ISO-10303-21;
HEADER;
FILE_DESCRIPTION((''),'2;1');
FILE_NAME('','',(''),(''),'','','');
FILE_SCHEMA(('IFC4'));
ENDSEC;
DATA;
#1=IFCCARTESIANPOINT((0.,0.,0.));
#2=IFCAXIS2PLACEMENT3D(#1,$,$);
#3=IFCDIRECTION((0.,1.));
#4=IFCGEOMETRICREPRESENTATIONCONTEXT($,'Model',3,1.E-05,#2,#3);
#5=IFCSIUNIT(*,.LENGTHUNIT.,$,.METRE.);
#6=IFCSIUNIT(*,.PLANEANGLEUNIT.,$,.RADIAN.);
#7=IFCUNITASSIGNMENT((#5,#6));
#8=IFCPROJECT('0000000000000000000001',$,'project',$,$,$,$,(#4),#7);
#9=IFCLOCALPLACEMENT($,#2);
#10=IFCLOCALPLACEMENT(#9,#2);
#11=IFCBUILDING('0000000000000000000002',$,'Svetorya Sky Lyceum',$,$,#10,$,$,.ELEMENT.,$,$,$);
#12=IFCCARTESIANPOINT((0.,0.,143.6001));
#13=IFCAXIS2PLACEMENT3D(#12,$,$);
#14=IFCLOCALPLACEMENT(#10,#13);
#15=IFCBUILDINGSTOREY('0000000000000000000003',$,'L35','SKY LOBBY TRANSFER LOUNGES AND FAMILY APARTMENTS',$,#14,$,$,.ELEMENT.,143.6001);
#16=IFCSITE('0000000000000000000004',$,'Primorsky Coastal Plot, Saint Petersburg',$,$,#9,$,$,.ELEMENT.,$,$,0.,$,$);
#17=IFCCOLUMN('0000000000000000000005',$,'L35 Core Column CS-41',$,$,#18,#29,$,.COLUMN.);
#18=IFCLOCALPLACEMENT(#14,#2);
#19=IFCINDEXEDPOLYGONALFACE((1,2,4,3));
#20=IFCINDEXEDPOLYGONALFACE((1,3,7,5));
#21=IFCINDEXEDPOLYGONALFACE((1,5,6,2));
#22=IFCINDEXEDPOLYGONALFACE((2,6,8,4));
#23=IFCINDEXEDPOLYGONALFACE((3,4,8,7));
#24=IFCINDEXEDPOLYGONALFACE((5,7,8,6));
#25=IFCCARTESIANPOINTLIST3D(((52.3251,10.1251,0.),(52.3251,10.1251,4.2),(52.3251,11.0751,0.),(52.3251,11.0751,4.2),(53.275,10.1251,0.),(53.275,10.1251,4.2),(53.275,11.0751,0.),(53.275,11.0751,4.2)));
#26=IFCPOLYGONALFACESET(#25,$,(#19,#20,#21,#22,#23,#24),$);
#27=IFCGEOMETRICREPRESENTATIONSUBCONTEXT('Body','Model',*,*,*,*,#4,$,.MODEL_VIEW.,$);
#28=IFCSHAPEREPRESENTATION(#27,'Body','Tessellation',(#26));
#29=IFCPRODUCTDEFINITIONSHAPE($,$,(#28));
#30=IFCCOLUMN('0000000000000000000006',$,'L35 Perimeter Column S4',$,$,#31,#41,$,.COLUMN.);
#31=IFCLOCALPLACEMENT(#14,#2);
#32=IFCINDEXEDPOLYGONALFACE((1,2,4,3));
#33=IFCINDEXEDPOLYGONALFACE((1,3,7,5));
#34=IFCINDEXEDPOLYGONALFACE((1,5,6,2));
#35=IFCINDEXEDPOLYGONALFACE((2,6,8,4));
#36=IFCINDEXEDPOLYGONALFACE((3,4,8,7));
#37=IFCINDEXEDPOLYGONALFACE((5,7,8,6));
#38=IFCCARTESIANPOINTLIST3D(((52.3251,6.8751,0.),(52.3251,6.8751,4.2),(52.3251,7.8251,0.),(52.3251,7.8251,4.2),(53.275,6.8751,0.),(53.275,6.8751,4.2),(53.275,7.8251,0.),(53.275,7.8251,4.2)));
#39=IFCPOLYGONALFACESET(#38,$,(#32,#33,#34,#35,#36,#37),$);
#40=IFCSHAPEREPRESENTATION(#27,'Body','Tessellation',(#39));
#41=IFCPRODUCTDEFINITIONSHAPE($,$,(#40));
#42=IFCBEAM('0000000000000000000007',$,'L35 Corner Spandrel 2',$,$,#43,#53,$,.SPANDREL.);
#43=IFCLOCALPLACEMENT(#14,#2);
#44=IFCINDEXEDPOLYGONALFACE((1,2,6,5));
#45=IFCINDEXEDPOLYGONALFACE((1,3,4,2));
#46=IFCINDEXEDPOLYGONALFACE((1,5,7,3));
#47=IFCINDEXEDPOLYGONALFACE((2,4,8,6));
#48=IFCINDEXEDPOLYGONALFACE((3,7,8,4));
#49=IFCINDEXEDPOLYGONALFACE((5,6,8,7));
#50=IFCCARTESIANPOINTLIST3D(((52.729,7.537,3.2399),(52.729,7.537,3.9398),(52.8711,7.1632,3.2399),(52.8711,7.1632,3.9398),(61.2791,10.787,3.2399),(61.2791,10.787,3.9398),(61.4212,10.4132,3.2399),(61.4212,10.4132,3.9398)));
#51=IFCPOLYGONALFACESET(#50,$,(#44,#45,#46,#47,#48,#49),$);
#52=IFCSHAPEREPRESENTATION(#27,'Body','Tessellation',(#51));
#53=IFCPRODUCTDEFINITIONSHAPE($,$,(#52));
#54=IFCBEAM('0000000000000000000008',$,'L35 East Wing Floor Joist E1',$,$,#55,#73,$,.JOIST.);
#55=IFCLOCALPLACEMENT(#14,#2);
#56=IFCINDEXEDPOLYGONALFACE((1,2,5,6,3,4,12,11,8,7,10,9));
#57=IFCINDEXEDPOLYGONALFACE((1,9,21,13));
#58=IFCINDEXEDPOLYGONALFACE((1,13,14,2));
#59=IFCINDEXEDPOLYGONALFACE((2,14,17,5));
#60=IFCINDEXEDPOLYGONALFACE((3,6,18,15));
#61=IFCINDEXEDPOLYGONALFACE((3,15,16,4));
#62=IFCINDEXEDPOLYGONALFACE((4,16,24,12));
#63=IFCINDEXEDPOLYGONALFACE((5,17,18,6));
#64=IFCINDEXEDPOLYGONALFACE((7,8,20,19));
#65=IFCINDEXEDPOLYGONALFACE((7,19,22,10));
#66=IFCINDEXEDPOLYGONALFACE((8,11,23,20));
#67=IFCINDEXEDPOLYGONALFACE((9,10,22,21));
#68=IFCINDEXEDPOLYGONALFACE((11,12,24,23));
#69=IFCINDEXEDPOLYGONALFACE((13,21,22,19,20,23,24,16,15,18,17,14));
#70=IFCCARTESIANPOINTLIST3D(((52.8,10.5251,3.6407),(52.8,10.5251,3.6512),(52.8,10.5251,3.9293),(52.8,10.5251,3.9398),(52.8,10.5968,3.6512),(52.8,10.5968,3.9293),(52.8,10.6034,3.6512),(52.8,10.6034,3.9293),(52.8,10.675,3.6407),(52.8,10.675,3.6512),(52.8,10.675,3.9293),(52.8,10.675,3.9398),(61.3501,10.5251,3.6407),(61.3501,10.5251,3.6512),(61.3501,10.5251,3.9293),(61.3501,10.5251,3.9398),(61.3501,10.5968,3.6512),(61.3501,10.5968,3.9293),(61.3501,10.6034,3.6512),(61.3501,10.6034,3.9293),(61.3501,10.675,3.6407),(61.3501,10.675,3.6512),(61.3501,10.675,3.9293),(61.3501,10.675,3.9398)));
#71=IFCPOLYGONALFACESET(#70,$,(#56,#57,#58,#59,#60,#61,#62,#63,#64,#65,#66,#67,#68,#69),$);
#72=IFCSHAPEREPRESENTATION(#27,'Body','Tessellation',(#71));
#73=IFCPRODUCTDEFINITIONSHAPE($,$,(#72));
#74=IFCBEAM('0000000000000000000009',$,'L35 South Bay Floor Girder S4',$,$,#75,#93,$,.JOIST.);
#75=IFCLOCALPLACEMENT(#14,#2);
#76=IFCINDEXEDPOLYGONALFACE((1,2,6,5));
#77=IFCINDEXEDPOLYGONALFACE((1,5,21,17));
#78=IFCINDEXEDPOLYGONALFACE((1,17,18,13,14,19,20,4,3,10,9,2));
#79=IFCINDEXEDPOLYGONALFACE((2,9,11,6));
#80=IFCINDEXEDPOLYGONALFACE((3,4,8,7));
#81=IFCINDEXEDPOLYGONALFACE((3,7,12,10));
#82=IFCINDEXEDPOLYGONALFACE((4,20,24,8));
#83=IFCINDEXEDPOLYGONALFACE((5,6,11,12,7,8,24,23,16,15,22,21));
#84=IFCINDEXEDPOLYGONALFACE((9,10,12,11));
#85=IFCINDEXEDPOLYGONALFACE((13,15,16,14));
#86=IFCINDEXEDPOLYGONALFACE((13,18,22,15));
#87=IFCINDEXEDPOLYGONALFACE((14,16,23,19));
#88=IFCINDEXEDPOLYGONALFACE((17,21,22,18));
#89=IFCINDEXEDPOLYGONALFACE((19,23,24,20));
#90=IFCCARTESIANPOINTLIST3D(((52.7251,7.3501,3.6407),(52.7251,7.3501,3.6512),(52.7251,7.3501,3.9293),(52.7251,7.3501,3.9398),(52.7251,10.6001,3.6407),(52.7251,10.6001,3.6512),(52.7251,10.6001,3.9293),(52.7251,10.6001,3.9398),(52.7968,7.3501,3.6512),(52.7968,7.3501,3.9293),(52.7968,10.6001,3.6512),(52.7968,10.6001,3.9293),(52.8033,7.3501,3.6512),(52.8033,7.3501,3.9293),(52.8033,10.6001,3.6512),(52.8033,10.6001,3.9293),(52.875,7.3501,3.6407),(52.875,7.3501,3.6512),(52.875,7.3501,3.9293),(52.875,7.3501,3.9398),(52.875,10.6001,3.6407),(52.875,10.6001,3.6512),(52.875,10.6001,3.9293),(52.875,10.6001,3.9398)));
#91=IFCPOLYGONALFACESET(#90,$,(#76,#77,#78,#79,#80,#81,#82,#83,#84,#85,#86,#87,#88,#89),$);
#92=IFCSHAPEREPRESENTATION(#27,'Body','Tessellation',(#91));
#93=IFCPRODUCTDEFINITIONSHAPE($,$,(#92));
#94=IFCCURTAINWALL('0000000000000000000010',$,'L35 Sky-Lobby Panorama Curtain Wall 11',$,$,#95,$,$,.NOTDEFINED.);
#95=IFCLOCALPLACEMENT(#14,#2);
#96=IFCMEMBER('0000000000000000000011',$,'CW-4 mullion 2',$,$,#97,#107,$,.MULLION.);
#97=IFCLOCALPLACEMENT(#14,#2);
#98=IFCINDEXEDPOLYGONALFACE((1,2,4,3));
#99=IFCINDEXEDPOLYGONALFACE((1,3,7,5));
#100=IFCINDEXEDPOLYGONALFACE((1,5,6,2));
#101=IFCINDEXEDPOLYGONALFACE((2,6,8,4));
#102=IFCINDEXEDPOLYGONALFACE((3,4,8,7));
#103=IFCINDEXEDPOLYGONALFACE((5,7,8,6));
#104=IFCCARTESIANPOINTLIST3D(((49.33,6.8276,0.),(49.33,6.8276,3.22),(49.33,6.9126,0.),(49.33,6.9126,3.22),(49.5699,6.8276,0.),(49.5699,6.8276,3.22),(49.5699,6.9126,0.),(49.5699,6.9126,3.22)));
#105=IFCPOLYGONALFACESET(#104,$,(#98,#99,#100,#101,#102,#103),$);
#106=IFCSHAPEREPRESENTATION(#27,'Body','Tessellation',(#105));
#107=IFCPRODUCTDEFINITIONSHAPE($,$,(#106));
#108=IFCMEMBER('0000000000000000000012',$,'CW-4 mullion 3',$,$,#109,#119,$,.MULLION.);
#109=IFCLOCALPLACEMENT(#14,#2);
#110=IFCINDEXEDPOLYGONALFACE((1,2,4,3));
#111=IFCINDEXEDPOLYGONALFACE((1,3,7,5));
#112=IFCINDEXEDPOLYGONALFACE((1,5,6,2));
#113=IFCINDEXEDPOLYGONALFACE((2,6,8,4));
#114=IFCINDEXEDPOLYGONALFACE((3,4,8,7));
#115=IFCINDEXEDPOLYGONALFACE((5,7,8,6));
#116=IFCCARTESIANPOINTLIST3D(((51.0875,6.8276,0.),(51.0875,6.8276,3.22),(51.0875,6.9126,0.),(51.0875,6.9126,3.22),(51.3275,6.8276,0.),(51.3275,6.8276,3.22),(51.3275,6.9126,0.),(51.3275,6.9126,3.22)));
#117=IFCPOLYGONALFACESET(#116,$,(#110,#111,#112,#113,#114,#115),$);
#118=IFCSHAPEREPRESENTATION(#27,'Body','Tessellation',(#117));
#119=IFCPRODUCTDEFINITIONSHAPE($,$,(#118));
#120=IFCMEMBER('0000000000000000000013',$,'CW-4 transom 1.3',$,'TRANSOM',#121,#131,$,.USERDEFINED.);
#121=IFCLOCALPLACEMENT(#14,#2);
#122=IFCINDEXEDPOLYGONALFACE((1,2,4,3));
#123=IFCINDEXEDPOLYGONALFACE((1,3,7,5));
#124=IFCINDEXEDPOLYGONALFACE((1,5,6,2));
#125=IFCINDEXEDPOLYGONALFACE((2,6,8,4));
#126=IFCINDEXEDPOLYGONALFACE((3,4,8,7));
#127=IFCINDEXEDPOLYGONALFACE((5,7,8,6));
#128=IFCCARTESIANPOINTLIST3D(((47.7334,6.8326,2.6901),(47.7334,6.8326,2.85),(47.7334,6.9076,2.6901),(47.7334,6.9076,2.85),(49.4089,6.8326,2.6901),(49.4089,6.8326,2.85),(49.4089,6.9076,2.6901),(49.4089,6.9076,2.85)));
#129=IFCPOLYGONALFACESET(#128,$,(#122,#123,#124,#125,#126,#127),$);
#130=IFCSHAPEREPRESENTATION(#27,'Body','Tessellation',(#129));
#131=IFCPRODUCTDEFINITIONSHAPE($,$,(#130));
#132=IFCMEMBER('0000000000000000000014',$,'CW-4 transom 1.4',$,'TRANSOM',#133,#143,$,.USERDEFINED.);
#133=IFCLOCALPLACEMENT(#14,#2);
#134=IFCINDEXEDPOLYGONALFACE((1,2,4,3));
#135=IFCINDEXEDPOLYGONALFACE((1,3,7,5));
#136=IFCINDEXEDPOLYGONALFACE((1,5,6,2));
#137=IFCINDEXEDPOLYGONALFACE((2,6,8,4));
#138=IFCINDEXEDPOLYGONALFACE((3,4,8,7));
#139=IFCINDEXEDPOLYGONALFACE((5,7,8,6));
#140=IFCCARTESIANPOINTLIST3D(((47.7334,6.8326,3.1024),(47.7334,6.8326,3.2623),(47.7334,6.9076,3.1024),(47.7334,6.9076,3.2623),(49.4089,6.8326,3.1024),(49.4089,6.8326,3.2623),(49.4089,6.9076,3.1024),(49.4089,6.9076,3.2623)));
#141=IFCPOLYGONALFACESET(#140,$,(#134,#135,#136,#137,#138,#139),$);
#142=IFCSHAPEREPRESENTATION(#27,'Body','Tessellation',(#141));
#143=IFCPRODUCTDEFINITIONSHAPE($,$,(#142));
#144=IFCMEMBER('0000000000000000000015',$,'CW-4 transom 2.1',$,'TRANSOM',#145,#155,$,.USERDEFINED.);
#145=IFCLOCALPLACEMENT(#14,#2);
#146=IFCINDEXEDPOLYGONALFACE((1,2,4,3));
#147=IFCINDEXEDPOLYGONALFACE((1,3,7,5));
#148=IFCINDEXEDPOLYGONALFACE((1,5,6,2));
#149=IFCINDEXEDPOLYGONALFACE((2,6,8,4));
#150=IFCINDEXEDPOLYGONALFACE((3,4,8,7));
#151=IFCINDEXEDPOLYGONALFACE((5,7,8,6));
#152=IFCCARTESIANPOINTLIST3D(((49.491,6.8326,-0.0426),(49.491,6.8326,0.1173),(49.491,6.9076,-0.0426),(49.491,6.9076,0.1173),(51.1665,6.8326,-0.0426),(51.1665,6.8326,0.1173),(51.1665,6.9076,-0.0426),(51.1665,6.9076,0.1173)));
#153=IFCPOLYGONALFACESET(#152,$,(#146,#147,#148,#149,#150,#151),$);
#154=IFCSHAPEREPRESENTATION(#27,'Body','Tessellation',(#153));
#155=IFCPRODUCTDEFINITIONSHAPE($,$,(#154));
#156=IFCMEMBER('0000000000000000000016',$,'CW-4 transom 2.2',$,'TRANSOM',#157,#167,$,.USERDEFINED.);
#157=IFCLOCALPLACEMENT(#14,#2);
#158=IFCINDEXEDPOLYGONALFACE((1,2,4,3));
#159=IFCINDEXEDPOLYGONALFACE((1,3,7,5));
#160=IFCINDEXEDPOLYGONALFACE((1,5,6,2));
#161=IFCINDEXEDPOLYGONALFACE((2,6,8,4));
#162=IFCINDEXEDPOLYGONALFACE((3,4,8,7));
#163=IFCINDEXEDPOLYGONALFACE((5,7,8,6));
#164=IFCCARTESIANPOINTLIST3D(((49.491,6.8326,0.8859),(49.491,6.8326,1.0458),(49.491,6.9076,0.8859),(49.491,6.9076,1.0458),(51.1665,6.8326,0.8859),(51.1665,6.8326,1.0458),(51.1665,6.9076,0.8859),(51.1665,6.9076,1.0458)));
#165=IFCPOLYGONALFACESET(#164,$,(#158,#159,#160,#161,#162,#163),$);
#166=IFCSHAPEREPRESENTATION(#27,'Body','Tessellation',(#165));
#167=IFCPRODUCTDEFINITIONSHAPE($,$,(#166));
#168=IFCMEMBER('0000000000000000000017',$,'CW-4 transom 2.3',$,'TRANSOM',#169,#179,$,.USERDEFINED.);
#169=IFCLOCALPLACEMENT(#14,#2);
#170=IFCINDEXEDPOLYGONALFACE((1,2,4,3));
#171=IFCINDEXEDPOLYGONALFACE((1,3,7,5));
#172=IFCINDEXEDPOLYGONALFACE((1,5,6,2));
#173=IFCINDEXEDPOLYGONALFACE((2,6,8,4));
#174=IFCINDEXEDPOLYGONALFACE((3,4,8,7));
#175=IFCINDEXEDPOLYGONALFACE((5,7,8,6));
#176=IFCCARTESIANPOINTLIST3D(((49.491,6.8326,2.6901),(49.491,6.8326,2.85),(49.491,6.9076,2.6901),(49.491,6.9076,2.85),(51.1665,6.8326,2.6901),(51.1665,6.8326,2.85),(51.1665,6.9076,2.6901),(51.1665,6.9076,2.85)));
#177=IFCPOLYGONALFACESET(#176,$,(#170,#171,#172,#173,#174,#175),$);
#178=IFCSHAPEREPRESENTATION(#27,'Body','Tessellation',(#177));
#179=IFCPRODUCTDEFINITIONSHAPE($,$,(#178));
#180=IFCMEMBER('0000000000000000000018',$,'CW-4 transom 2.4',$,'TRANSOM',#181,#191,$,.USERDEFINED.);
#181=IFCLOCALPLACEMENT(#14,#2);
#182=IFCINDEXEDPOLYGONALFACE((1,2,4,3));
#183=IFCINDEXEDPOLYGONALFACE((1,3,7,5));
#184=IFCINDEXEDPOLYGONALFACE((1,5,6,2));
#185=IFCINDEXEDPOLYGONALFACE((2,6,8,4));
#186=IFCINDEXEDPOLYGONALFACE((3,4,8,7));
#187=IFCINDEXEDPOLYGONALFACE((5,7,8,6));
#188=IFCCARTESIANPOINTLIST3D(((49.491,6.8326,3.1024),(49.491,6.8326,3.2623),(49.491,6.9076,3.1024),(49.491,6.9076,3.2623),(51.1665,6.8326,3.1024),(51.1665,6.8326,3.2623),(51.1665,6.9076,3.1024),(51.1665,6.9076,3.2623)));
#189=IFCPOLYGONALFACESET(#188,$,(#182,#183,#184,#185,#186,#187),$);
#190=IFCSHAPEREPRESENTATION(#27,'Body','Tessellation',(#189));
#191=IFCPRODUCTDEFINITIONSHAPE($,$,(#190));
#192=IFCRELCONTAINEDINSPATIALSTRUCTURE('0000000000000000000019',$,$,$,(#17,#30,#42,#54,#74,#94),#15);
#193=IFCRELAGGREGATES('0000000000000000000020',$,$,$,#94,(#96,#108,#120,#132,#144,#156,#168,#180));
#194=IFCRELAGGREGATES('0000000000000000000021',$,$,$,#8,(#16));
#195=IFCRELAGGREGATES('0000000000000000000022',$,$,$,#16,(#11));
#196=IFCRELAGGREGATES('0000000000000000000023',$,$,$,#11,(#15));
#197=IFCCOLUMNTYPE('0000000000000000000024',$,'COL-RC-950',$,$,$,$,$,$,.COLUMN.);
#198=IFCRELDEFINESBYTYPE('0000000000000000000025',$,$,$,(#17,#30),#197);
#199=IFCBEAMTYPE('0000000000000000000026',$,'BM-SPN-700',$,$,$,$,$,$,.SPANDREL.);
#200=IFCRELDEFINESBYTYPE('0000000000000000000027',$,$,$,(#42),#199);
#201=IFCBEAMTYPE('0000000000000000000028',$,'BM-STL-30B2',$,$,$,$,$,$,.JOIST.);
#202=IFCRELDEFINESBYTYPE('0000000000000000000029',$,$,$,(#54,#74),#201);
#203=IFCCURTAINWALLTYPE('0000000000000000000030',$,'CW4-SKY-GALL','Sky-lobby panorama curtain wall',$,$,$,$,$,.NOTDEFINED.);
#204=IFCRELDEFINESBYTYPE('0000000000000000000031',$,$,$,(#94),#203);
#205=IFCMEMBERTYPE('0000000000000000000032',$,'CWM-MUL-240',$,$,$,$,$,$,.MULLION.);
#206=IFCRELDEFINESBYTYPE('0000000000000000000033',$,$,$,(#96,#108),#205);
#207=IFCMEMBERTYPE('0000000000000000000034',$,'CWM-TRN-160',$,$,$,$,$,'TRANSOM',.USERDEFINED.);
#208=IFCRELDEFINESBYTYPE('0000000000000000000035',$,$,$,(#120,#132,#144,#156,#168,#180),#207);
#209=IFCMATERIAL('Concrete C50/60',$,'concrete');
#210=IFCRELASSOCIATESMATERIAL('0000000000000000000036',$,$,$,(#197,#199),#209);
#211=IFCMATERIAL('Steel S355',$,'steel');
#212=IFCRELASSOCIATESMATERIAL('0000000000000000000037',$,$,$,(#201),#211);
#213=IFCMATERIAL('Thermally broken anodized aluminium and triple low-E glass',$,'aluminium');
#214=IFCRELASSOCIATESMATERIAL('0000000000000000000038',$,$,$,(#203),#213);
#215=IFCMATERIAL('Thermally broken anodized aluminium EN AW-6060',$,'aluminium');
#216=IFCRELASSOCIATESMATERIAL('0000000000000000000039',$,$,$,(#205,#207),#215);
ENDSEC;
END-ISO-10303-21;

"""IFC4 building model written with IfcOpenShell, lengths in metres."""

from ifc_helpers import new_model, si_unit, direction, frame, origin, origin_2d, place, context, subcontext, project, spatial, rectangle, i_section, extrude, material, material_profile, profile_set, type_object, element, aggregate, save


model = new_model("IFC4")

# Units and contexts
model_context = context("Model", 3, precision=1e-05, world=origin(), true_north=direction((0.0, 1.0)))
body_context = subcontext(model_context, "Body", "Model", "MODEL_VIEW")
ifc_project = project(units=[si_unit("LENGTHUNIT", "METRE"), si_unit("PLANEANGLEUNIT", "RADIAN")], contexts=[model_context])

# Site, building, storey
site_placement = place(None, origin())
site = spatial("IfcSite", under=ifc_project, at=site_placement, Name="Primorsky Coastal Plot, Saint Petersburg", CompositionType="ELEMENT", RefElevation=0.0)
building_placement = place(site_placement, origin())
building = spatial("IfcBuilding", under=site, at=building_placement, Name="Svetorya Sky Lyceum", CompositionType="ELEMENT")
storey_placement = place(building_placement, frame((0.0, 0.0, 143.6001)))
storey = spatial("IfcBuildingStorey", under=building, at=storey_placement, Name="L35", Description="SKY LOBBY TRANSFER LOUNGES AND FAMILY APARTMENTS", CompositionType="ELEMENT", Elevation=143.6001)

# Columns
ifc_material_1 = material(Name="Concrete C50/60", Category="concrete")
ifc_material_profile_1 = material_profile(ifc_material_1, rectangle(XDim=0.95, YDim=0.95, at=origin_2d()), Name="RC COL 950x950")
ifc_profile_set_1 = profile_set([ifc_material_profile_1], Name="Concrete C50/60")
column_type = type_object("IfcColumnType", Name="COL-RC-950", PredefinedType="COLUMN", material=ifc_profile_set_1)
for number, where, z_axis, x_axis, name in (
    (1, (52.8, 10.6001, 0.0), (0.0, 0.0, 1.0), (1.0, 0.0, 0.0), "L35 Core Column CS-41"),
    (2, (52.8, 7.3501, 0.0), (0.0, 0.0, 1.0), (1.0, 0.0, 0.0), "L35 Perimeter Column S4"),
):
    element("IfcColumn", number, at=place(storey_placement, frame(where, z_axis=z_axis, x_axis=x_axis)), inside=storey, type_object=column_type, Name=name, PredefinedType="COLUMN", context=body_context, shape_type="SweptSolid", body=[
        extrude(rectangle(XDim=0.95, YDim=0.95, at=origin_2d()), origin(), (0.0, 0.0, 1.0), 4.2),
    ])

# Beams
ifc_material_profile_2 = material_profile(ifc_material_1, rectangle(XDim=0.3999, YDim=0.7, at=origin_2d()), Name="RC SPANDREL 400x700")
ifc_profile_set_2 = profile_set([ifc_material_profile_2], Name="Concrete C50/60")
beam_type_1 = type_object("IfcBeamType", Name="BM-SPN-700", PredefinedType="SPANDREL", material=ifc_profile_set_2)
beam_1_placement = place(storey_placement, frame((52.8, 7.3501, 3.5898), z_axis=(0.934748, 0.355312, 0.0), x_axis=(-0.355312, 0.934748, 0.0)))
element("IfcBeam", 3, at=beam_1_placement, inside=storey, type_object=beam_type_1, Name="L35 Corner Spandrel 2", PredefinedType="SPANDREL", context=body_context, shape_type="SweptSolid", body=[
    extrude(rectangle(XDim=0.3999, YDim=0.7, at=origin_2d()), origin(), (0.0, 0.0, 1.0), 9.147),
])
ifc_material_2 = material(Name="Steel S355", Category="steel")
ifc_material_profile_3 = material_profile(ifc_material_2, i_section(OverallWidth=0.1499, OverallDepth=0.2991, WebThickness=0.0066, FlangeThickness=0.0105, at=origin_2d()), Name="GOST 30B2")
ifc_profile_set_3 = profile_set([ifc_material_profile_3], Name="Steel S355")
beam_type_2 = type_object("IfcBeamType", Name="BM-STL-30B2", PredefinedType="JOIST", material=ifc_profile_set_3)
beam_2_placement = place(storey_placement, frame((52.8, 10.6001, 3.7903), z_axis=(1.0, 0.0, 0.0), x_axis=(0.0, 1.0, 0.0)))
element("IfcBeam", 4, at=beam_2_placement, inside=storey, type_object=beam_type_2, Name="L35 East Wing Floor Joist E1", PredefinedType="JOIST", context=body_context, shape_type="SweptSolid", body=[
    extrude(i_section(OverallWidth=0.1499, OverallDepth=0.2991, WebThickness=0.0066, FlangeThickness=0.0105, at=origin_2d()), origin(), (0.0, 0.0, 1.0), 8.55),
])
beam_3_placement = place(storey_placement, frame((52.8, 7.3501, 3.7903), z_axis=(0.0, 1.0, 0.0), x_axis=(-1.0, 0.0, 0.0)))
element("IfcBeam", 5, at=beam_3_placement, inside=storey, type_object=beam_type_2, Name="L35 South Bay Floor Girder S4", PredefinedType="JOIST", context=body_context, shape_type="SweptSolid", body=[
    extrude(i_section(OverallWidth=0.1499, OverallDepth=0.2991, WebThickness=0.0066, FlangeThickness=0.0105, at=origin_2d()), origin(), (0.0, 0.0, 1.0), 3.25),
])

# Curtain wall, members
ifc_material_3 = material(Name="Thermally broken anodized aluminium and triple low-E glass", Category="aluminium")
curtain_wall_type = type_object("IfcCurtainWallType", Name="CW4-SKY-GALL", Description="Sky-lobby panorama curtain wall", PredefinedType="NOTDEFINED", material=ifc_material_3)
curtain_wall_placement = place(storey_placement, origin())
curtain_wall = element("IfcCurtainWall", 6, at=curtain_wall_placement, inside=storey, type_object=curtain_wall_type, Name="L35 Sky-Lobby Panorama Curtain Wall 11", PredefinedType="NOTDEFINED")
ifc_material_4 = material(Name="Thermally broken anodized aluminium EN AW-6060", Category="aluminium")
ifc_material_profile_4 = material_profile(ifc_material_4, rectangle(XDim=0.085, YDim=0.24, at=origin_2d()), Name="ALU MULLION 85x240")
ifc_profile_set_4 = profile_set([ifc_material_profile_4], Name="Thermally broken anodized aluminium EN AW-6060")
member_type_1 = type_object("IfcMemberType", Name="CWM-MUL-240", PredefinedType="MULLION", material=ifc_profile_set_4)
member_1_placement = place(storey_placement, frame((49.45, 6.8701, 0.0), z_axis=(0.0, 0.0, 1.0), x_axis=(0.0, 1.0, 0.0)))
member_1 = element("IfcMember", 7, at=member_1_placement, type_object=member_type_1, Name="CW-4 mullion 2", PredefinedType="MULLION", context=body_context, shape_type="SweptSolid", body=[
    extrude(rectangle(XDim=0.085, YDim=0.24, at=origin_2d()), origin(), (0.0, 0.0, 1.0), 3.22),
])
member_2_placement = place(storey_placement, frame((51.2075, 6.8701, 0.0), z_axis=(0.0, 0.0, 1.0), x_axis=(0.0, 1.0, 0.0)))
member_2 = element("IfcMember", 8, at=member_2_placement, type_object=member_type_1, Name="CW-4 mullion 3", PredefinedType="MULLION", context=body_context, shape_type="SweptSolid", body=[
    extrude(rectangle(XDim=0.085, YDim=0.24, at=origin_2d()), origin(), (0.0, 0.0, 1.0), 3.22),
])
ifc_material_profile_5 = material_profile(ifc_material_4, rectangle(XDim=0.075, YDim=0.1599, at=origin_2d()), Name="ALU TRANSOM 75x160")
ifc_profile_set_5 = profile_set([ifc_material_profile_5], Name="Thermally broken anodized aluminium EN AW-6060")
member_type_2 = type_object("IfcMemberType", Name="CWM-TRN-160", ElementType="TRANSOM", PredefinedType="USERDEFINED", material=ifc_profile_set_5)
member_3_placement = place(storey_placement, frame((47.7334, 6.8701, 2.77), z_axis=(1.0, 0.0, 0.0), x_axis=(0.0, 1.0, 0.0)))
member_3 = element("IfcMember", 9, at=member_3_placement, type_object=member_type_2, Name="CW-4 transom 1.3", ObjectType="TRANSOM", PredefinedType="USERDEFINED", context=body_context, shape_type="SweptSolid", body=[
    extrude(rectangle(XDim=0.075, YDim=0.1599, at=origin_2d()), origin(), (0.0, 0.0, 1.0), 1.6755),
])
member_4_placement = place(storey_placement, frame((47.7334, 6.8701, 3.1824), z_axis=(1.0, 0.0, 0.0), x_axis=(0.0, 1.0, 0.0)))
member_4 = element("IfcMember", 10, at=member_4_placement, type_object=member_type_2, Name="CW-4 transom 1.4", ObjectType="TRANSOM", PredefinedType="USERDEFINED", context=body_context, shape_type="SweptSolid", body=[
    extrude(rectangle(XDim=0.075, YDim=0.1599, at=origin_2d()), origin(), (0.0, 0.0, 1.0), 1.6755),
])
member_5_placement = place(storey_placement, frame((49.491, 6.8701, 0.0374), z_axis=(1.0, 0.0, 0.0), x_axis=(0.0, 1.0, 0.0)))
member_5 = element("IfcMember", 11, at=member_5_placement, type_object=member_type_2, Name="CW-4 transom 2.1", ObjectType="TRANSOM", PredefinedType="USERDEFINED", context=body_context, shape_type="SweptSolid", body=[
    extrude(rectangle(XDim=0.075, YDim=0.1599, at=origin_2d()), origin(), (0.0, 0.0, 1.0), 1.6755),
])
member_6_placement = place(storey_placement, frame((49.491, 6.8701, 0.9658), z_axis=(1.0, 0.0, 0.0), x_axis=(0.0, 1.0, 0.0)))
member_6 = element("IfcMember", 12, at=member_6_placement, type_object=member_type_2, Name="CW-4 transom 2.2", ObjectType="TRANSOM", PredefinedType="USERDEFINED", context=body_context, shape_type="SweptSolid", body=[
    extrude(rectangle(XDim=0.075, YDim=0.1599, at=origin_2d()), origin(), (0.0, 0.0, 1.0), 1.6755),
])
member_7_placement = place(storey_placement, frame((49.491, 6.8701, 2.77), z_axis=(1.0, 0.0, 0.0), x_axis=(0.0, 1.0, 0.0)))
member_7 = element("IfcMember", 13, at=member_7_placement, type_object=member_type_2, Name="CW-4 transom 2.3", ObjectType="TRANSOM", PredefinedType="USERDEFINED", context=body_context, shape_type="SweptSolid", body=[
    extrude(rectangle(XDim=0.075, YDim=0.1599, at=origin_2d()), origin(), (0.0, 0.0, 1.0), 1.6755),
])
member_8_placement = place(storey_placement, frame((49.491, 6.8701, 3.1824), z_axis=(1.0, 0.0, 0.0), x_axis=(0.0, 1.0, 0.0)))
member_8 = element("IfcMember", 14, at=member_8_placement, type_object=member_type_2, Name="CW-4 transom 2.4", ObjectType="TRANSOM", PredefinedType="USERDEFINED", context=body_context, shape_type="SweptSolid", body=[
    extrude(rectangle(XDim=0.075, YDim=0.1599, at=origin_2d()), origin(), (0.0, 0.0, 1.0), 1.6755),
])
aggregate(curtain_wall, [member_1, member_2, member_3, member_4, member_5, member_6, member_7, member_8])

save(model, "model.ifc")
